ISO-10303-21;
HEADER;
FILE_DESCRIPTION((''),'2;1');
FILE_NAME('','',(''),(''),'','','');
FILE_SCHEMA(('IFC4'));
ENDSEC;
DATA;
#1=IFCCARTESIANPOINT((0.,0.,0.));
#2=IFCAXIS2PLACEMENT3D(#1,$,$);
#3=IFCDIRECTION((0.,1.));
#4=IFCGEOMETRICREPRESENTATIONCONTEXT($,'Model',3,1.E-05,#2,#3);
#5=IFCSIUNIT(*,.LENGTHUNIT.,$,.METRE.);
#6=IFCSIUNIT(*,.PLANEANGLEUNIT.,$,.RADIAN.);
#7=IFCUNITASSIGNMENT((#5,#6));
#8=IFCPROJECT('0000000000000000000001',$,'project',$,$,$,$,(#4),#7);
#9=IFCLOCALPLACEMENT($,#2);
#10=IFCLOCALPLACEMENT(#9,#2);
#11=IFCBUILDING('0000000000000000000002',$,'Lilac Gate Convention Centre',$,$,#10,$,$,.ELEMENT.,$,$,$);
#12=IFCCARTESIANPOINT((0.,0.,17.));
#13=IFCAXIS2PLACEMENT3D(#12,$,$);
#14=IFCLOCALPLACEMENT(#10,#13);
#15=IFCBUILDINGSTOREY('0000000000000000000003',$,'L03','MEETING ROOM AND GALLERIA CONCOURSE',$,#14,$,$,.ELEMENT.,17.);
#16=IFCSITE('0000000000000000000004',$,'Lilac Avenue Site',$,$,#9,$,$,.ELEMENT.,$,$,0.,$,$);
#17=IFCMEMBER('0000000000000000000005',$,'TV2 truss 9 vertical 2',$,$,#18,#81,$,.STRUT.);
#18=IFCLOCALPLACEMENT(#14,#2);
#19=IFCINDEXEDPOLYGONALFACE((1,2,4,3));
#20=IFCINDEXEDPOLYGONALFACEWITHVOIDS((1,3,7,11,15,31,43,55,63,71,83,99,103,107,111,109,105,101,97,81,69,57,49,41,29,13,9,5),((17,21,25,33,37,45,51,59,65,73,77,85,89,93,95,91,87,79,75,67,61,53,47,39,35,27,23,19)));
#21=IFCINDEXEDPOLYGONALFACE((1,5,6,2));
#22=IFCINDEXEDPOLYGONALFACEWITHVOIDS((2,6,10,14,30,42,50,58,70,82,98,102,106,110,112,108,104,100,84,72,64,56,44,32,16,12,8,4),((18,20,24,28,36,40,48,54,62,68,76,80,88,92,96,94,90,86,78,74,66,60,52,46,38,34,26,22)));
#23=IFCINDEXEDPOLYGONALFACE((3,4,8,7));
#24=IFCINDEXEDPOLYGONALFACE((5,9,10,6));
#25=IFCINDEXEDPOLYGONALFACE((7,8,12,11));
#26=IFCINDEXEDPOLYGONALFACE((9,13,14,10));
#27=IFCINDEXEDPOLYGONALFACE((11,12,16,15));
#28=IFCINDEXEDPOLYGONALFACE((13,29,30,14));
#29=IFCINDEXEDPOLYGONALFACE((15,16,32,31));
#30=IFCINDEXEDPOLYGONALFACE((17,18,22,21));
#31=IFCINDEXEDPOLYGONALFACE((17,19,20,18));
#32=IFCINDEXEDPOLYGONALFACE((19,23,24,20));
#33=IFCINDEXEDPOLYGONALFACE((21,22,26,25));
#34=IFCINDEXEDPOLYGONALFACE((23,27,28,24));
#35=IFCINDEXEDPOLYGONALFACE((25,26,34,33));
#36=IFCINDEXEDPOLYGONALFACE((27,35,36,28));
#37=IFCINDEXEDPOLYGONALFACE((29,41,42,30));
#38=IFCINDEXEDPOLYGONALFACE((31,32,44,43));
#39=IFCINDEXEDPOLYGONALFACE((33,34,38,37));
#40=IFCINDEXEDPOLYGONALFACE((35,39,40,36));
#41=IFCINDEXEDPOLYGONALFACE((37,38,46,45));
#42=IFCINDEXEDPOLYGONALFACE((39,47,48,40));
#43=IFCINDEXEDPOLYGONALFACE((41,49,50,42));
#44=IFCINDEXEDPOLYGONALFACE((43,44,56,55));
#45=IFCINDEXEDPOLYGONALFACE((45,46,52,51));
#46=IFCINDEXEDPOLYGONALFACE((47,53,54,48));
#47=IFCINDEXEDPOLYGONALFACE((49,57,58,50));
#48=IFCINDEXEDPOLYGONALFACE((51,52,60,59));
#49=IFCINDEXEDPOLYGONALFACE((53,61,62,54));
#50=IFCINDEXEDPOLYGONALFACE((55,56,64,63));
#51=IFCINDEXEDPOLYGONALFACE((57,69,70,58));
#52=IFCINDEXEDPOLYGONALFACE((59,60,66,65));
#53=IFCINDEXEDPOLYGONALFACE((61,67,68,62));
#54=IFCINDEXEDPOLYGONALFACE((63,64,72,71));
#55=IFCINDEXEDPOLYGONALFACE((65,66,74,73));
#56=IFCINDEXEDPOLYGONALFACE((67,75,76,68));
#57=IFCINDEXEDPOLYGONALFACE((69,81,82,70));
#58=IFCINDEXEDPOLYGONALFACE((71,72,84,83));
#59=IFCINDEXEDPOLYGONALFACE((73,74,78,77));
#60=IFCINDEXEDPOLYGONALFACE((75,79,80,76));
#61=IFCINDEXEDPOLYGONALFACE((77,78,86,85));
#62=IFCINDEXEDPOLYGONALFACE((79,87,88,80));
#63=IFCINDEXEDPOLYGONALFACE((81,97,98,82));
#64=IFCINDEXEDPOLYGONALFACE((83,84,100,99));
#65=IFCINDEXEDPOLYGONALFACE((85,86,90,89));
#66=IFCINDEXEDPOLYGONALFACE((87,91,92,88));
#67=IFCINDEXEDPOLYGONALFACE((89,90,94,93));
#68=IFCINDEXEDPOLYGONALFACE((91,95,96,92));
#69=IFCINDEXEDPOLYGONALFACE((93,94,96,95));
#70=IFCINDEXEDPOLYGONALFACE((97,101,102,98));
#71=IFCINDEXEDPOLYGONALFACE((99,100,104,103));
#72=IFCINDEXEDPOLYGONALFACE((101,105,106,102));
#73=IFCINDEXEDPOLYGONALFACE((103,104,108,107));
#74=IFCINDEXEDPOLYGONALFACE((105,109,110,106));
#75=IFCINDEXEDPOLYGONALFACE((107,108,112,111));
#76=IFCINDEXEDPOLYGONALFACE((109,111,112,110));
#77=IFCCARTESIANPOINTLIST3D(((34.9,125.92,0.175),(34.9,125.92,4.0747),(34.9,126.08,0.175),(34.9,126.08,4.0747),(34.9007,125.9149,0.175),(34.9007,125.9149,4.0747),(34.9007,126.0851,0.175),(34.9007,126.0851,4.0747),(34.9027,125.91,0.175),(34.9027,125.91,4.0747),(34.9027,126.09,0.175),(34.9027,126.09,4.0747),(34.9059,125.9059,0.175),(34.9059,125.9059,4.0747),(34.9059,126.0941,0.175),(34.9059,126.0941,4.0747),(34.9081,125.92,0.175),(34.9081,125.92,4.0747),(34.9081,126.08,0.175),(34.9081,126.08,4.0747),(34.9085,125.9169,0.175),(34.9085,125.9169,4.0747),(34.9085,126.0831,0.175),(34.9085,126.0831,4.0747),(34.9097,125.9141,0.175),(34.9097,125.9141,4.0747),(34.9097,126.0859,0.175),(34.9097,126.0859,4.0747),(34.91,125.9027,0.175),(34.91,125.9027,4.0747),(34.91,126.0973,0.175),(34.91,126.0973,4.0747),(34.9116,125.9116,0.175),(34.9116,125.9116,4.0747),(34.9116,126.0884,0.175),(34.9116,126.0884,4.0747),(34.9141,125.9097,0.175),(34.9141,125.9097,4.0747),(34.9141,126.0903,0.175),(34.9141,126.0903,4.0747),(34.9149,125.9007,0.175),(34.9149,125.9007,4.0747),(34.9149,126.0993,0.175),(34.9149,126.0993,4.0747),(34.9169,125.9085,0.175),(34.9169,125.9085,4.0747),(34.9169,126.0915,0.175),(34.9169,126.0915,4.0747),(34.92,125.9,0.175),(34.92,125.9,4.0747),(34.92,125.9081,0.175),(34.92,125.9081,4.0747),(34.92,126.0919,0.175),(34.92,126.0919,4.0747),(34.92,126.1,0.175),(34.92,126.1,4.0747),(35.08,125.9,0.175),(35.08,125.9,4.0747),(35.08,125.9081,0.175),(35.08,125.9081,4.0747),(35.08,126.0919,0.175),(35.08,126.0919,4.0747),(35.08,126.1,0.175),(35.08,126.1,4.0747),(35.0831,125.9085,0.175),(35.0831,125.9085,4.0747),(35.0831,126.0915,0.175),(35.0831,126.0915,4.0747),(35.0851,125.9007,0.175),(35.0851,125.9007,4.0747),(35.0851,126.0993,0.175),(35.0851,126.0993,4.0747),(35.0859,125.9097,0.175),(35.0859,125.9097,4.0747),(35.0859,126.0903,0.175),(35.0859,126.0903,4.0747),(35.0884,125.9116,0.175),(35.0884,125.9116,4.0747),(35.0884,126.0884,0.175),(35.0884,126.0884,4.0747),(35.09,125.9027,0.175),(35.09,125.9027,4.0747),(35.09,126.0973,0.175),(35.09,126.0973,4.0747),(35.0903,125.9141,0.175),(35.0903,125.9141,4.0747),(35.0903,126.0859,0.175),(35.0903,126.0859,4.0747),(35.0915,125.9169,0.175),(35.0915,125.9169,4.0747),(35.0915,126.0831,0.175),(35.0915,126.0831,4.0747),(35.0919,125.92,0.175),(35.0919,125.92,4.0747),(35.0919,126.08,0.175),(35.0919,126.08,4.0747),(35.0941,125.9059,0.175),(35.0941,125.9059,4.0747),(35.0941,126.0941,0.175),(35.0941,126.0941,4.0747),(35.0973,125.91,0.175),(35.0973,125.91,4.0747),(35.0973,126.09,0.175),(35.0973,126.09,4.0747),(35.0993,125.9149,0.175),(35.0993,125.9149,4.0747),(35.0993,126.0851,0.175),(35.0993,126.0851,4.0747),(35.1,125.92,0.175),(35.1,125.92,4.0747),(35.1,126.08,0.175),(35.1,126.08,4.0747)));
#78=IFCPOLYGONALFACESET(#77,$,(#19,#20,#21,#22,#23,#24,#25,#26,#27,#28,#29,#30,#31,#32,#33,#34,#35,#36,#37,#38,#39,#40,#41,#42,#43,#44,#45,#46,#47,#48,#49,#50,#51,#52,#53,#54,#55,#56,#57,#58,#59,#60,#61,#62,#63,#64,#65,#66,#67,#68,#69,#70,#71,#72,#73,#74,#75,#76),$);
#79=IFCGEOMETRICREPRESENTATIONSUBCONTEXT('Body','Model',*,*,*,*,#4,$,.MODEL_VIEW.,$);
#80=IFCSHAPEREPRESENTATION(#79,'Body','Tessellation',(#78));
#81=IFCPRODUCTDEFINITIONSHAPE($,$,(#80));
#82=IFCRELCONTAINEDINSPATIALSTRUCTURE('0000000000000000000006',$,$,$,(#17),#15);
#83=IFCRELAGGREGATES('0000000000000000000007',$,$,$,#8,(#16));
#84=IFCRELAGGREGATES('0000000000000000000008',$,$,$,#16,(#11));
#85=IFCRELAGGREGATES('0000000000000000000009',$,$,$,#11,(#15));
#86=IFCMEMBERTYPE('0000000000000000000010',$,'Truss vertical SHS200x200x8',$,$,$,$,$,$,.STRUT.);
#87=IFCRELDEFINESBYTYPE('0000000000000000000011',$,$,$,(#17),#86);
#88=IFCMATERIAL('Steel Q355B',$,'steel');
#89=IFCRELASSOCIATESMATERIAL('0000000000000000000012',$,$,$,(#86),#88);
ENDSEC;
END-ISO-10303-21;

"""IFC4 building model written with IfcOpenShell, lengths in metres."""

from ifc_helpers import new_model, si_unit, direction, frame, origin, origin_2d, place, context, subcontext, project, spatial, hollow_rectangle, extrude, material, material_profile, profile_set, type_object, element, save


model = new_model("IFC4")

# Units and contexts
model_context = context("Model", 3, precision=1e-05, world=origin(), true_north=direction((0.0, 1.0)))
body_context = subcontext(model_context, "Body", "Model", "MODEL_VIEW")
ifc_project = project(units=[si_unit("LENGTHUNIT", "METRE"), si_unit("PLANEANGLEUNIT", "RADIAN")], contexts=[model_context])

# Site, building, storey
site_placement = place(None, origin())
site = spatial("IfcSite", under=ifc_project, at=site_placement, Name="Lilac Avenue Site", CompositionType="ELEMENT", RefElevation=0.0)
building_placement = place(site_placement, origin())
building = spatial("IfcBuilding", under=site, at=building_placement, Name="Lilac Gate Convention Centre", CompositionType="ELEMENT")
storey_placement = place(building_placement, frame((0.0, 0.0, 17.0)))
storey = spatial("IfcBuildingStorey", under=building, at=storey_placement, Name="L03", Description="MEETING ROOM AND GALLERIA CONCOURSE", CompositionType="ELEMENT", Elevation=17.0)

# Member
ifc_material = material(Name="Steel Q355B", Category="steel")
ifc_material_profile_1 = material_profile(ifc_material, hollow_rectangle(XDim=0.2, YDim=0.2, WallThickness=0.0081, InnerFilletRadius=0.012, OuterFilletRadius=0.02, at=origin_2d()), Name="SHS200x200x8")
ifc_profile_set_1 = profile_set([ifc_material_profile_1], Name="Steel Q355B")
member_type_1 = type_object("IfcMemberType", Name="Truss vertical SHS200x200x8", PredefinedType="STRUT", material=ifc_profile_set_1)
for number, where, z_axis, x_axis, name in (
    (1, (35.0, 126.0, 0.175), (0.0, 0.0, 1.0), (1.0, 0.0, 0.0), "TV2 truss 9 vertical 2"),
):
    element("IfcMember", number, at=place(storey_placement, frame(where, z_axis=z_axis, x_axis=x_axis)), inside=storey, type_object=member_type_1, Name=name, PredefinedType="STRUT", context=body_context, shape_type="SweptSolid", body=[
        extrude(hollow_rectangle(XDim=0.2, YDim=0.2, WallThickness=0.0081, InnerFilletRadius=0.012, OuterFilletRadius=0.02, at=origin_2d()), origin(), (0.0, 0.0, 1.0), 3.8997),
    ])

save(model, "model.ifc")
